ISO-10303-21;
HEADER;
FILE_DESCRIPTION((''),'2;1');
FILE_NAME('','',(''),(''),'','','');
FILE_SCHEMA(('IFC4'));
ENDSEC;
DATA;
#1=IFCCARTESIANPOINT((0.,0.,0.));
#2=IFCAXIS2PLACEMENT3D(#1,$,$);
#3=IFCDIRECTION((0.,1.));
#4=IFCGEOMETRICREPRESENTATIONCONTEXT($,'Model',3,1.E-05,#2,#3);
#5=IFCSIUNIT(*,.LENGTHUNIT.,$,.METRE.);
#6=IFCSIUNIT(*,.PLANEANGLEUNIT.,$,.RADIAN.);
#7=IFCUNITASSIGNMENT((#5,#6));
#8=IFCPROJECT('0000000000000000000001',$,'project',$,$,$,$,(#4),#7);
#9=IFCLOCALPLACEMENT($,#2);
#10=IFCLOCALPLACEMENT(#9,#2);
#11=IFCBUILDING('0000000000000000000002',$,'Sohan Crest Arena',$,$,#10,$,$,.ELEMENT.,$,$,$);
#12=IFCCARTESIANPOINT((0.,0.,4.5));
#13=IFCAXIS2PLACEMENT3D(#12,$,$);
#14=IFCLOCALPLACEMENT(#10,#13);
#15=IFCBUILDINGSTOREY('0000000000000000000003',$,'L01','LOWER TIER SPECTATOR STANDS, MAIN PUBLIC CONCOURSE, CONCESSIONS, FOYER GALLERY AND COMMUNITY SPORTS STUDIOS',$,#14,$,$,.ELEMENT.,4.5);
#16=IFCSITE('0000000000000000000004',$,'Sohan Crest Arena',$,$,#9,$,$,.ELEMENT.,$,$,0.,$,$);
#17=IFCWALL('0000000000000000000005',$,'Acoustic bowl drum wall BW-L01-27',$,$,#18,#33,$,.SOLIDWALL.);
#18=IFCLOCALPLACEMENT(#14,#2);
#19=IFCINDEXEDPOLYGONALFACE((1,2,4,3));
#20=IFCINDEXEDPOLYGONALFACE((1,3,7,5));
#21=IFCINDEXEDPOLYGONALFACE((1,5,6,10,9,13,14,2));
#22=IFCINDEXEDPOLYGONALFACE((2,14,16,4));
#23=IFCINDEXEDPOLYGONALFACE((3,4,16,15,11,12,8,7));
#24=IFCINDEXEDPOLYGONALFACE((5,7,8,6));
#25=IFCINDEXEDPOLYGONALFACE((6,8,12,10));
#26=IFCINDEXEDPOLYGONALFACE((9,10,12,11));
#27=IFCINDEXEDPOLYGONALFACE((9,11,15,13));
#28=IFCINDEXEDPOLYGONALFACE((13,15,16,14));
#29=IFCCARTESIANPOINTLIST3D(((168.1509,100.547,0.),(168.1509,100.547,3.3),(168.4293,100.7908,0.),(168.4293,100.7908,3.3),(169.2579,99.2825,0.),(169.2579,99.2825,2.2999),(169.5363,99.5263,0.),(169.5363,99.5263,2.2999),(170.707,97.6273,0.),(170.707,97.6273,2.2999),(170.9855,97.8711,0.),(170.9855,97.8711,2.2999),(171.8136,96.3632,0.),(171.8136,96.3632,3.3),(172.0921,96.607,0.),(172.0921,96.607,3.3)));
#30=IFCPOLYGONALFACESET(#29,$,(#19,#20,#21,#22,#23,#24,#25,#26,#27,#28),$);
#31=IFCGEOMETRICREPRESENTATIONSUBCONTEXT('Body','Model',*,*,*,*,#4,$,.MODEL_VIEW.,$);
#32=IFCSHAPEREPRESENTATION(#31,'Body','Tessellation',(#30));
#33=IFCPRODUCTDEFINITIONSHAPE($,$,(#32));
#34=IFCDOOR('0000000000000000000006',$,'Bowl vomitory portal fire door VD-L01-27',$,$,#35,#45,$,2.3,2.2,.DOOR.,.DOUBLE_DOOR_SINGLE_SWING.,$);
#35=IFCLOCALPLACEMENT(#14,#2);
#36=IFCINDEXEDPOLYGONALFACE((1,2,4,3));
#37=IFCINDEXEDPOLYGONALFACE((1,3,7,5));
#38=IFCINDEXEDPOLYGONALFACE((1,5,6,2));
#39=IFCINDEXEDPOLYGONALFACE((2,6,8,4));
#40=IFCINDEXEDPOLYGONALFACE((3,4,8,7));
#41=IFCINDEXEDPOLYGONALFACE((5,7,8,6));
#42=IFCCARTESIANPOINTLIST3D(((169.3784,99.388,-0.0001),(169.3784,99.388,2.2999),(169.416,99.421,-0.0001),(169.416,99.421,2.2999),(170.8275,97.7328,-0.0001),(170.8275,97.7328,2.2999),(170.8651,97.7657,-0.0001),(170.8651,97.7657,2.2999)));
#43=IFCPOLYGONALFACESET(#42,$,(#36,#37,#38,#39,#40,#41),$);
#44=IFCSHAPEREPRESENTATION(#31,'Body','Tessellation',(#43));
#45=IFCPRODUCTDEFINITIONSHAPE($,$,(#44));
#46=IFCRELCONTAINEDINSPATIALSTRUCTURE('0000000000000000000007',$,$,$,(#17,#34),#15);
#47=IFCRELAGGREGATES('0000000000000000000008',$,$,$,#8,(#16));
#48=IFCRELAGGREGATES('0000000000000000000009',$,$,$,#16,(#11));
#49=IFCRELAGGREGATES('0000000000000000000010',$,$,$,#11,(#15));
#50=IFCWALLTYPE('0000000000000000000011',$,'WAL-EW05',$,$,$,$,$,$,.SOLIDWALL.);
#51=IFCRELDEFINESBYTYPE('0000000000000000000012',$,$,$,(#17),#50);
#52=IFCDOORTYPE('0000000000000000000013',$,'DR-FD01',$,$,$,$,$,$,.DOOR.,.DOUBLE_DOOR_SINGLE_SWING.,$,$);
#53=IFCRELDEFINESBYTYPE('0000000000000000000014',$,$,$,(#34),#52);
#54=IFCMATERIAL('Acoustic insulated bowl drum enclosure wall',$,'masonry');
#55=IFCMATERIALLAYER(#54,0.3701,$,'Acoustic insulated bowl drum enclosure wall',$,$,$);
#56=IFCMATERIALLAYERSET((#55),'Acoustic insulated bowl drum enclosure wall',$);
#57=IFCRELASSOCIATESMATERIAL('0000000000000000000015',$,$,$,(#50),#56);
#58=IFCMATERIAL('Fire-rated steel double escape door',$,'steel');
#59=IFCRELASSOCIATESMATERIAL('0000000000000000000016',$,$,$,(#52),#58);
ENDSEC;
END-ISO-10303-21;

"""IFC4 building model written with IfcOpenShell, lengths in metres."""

from ifc_helpers import new_model, si_unit, direction, frame, frame_2d, origin, place, context, subcontext, project, spatial, rectangle, extrude, material, layer, layer_set, type_object, element, fill, save


model = new_model("IFC4")

# Units and contexts
model_context = context("Model", 3, precision=1e-05, world=origin(), true_north=direction((0.0, 1.0)))
body_context = subcontext(model_context, "Body", "Model", "MODEL_VIEW")
ifc_project = project(units=[si_unit("LENGTHUNIT", "METRE"), si_unit("PLANEANGLEUNIT", "RADIAN")], contexts=[model_context])

# Site, building, storey
site_placement = place(None, origin())
site = spatial("IfcSite", under=ifc_project, at=site_placement, Name="Sohan Crest Arena", CompositionType="ELEMENT", RefElevation=0.0)
building_placement = place(site_placement, origin())
building = spatial("IfcBuilding", under=site, at=building_placement, Name="Sohan Crest Arena", CompositionType="ELEMENT")
storey_placement = place(building_placement, frame((0.0, 0.0, 4.5)))
storey = spatial("IfcBuildingStorey", under=building, at=storey_placement, Name="L01", Description="LOWER TIER SPECTATOR STANDS, MAIN PUBLIC CONCOURSE, CONCESSIONS, FOYER GALLERY AND COMMUNITY SPORTS STUDIOS", CompositionType="ELEMENT", Elevation=4.5)

# Wall, opening, door
ifc_material_1 = material(Name="Acoustic insulated bowl drum enclosure wall", Category="masonry")
ifc_layer_1 = layer(ifc_material_1, 0.3701, Name="Acoustic insulated bowl drum enclosure wall")
ifc_layer_set_1 = layer_set([ifc_layer_1], Name="Acoustic insulated bowl drum enclosure wall")
wall_type = type_object("IfcWallType", Name="WAL-EW05", PredefinedType="SOLIDWALL", material=ifc_layer_set_1)
wall_placement = place(storey_placement, frame((171.9529, 96.4851, 0.0), z_axis=(0.0, 0.0, 1.0), x_axis=(-0.658707, 0.7524, 0.0)))
wall = element("IfcWall", 1, at=wall_placement, inside=storey, type_object=wall_type, Name="Acoustic bowl drum wall BW-L01-27", PredefinedType="SOLIDWALL", context=body_context, shape_type="SweptSolid", body=[
    extrude(rectangle(XDim=5.5605, YDim=0.3701, at=frame_2d((2.7803, 0.0))), origin(), (0.0, 0.0, 1.0), 3.3),
])
opening_placement = place(wall_placement, frame((1.6799, 0.0, 0.0)))
opening = element("IfcOpeningElement", 2, at=opening_placement, cuts=wall, PredefinedType="OPENING", context=body_context, shape_type="SweptSolid", body=[
    extrude(rectangle(XDim=2.2, YDim=2.3, at=frame_2d((1.1001, 1.1499))), frame((0.0, 0.1951, 0.0), z_axis=(0.0, -1.0, 0.0), x_axis=(1.0, 0.0, 0.0)), (0.0, 0.0, 1.0), 0.3901),
])
ifc_material_2 = material(Name="Fire-rated steel double escape door", Category="steel")
door_type = type_object("IfcDoorType", Name="DR-FD01", OperationType="DOUBLE_DOOR_SINGLE_SWING", PredefinedType="DOOR", material=ifc_material_2)
door_placement = place(opening_placement, origin())
door = element("IfcDoor", 3, at=door_placement, inside=storey, type_object=door_type, Name="Bowl vomitory portal fire door VD-L01-27", OperationType="DOUBLE_DOOR_SINGLE_SWING", OverallHeight=2.3, OverallWidth=2.2, PredefinedType="DOOR", context=body_context, shape_type="SweptSolid", body=[
    extrude(rectangle(XDim=2.2, YDim=2.3, at=frame_2d((1.1001, 1.1499))), frame((0.0, 0.0249, 0.0), z_axis=(0.0, -1.0, 0.0), x_axis=(1.0, 0.0, 0.0)), (0.0, 0.0, 1.0), 0.05),
])
fill(opening, door)

save(model, "model.ifc")
